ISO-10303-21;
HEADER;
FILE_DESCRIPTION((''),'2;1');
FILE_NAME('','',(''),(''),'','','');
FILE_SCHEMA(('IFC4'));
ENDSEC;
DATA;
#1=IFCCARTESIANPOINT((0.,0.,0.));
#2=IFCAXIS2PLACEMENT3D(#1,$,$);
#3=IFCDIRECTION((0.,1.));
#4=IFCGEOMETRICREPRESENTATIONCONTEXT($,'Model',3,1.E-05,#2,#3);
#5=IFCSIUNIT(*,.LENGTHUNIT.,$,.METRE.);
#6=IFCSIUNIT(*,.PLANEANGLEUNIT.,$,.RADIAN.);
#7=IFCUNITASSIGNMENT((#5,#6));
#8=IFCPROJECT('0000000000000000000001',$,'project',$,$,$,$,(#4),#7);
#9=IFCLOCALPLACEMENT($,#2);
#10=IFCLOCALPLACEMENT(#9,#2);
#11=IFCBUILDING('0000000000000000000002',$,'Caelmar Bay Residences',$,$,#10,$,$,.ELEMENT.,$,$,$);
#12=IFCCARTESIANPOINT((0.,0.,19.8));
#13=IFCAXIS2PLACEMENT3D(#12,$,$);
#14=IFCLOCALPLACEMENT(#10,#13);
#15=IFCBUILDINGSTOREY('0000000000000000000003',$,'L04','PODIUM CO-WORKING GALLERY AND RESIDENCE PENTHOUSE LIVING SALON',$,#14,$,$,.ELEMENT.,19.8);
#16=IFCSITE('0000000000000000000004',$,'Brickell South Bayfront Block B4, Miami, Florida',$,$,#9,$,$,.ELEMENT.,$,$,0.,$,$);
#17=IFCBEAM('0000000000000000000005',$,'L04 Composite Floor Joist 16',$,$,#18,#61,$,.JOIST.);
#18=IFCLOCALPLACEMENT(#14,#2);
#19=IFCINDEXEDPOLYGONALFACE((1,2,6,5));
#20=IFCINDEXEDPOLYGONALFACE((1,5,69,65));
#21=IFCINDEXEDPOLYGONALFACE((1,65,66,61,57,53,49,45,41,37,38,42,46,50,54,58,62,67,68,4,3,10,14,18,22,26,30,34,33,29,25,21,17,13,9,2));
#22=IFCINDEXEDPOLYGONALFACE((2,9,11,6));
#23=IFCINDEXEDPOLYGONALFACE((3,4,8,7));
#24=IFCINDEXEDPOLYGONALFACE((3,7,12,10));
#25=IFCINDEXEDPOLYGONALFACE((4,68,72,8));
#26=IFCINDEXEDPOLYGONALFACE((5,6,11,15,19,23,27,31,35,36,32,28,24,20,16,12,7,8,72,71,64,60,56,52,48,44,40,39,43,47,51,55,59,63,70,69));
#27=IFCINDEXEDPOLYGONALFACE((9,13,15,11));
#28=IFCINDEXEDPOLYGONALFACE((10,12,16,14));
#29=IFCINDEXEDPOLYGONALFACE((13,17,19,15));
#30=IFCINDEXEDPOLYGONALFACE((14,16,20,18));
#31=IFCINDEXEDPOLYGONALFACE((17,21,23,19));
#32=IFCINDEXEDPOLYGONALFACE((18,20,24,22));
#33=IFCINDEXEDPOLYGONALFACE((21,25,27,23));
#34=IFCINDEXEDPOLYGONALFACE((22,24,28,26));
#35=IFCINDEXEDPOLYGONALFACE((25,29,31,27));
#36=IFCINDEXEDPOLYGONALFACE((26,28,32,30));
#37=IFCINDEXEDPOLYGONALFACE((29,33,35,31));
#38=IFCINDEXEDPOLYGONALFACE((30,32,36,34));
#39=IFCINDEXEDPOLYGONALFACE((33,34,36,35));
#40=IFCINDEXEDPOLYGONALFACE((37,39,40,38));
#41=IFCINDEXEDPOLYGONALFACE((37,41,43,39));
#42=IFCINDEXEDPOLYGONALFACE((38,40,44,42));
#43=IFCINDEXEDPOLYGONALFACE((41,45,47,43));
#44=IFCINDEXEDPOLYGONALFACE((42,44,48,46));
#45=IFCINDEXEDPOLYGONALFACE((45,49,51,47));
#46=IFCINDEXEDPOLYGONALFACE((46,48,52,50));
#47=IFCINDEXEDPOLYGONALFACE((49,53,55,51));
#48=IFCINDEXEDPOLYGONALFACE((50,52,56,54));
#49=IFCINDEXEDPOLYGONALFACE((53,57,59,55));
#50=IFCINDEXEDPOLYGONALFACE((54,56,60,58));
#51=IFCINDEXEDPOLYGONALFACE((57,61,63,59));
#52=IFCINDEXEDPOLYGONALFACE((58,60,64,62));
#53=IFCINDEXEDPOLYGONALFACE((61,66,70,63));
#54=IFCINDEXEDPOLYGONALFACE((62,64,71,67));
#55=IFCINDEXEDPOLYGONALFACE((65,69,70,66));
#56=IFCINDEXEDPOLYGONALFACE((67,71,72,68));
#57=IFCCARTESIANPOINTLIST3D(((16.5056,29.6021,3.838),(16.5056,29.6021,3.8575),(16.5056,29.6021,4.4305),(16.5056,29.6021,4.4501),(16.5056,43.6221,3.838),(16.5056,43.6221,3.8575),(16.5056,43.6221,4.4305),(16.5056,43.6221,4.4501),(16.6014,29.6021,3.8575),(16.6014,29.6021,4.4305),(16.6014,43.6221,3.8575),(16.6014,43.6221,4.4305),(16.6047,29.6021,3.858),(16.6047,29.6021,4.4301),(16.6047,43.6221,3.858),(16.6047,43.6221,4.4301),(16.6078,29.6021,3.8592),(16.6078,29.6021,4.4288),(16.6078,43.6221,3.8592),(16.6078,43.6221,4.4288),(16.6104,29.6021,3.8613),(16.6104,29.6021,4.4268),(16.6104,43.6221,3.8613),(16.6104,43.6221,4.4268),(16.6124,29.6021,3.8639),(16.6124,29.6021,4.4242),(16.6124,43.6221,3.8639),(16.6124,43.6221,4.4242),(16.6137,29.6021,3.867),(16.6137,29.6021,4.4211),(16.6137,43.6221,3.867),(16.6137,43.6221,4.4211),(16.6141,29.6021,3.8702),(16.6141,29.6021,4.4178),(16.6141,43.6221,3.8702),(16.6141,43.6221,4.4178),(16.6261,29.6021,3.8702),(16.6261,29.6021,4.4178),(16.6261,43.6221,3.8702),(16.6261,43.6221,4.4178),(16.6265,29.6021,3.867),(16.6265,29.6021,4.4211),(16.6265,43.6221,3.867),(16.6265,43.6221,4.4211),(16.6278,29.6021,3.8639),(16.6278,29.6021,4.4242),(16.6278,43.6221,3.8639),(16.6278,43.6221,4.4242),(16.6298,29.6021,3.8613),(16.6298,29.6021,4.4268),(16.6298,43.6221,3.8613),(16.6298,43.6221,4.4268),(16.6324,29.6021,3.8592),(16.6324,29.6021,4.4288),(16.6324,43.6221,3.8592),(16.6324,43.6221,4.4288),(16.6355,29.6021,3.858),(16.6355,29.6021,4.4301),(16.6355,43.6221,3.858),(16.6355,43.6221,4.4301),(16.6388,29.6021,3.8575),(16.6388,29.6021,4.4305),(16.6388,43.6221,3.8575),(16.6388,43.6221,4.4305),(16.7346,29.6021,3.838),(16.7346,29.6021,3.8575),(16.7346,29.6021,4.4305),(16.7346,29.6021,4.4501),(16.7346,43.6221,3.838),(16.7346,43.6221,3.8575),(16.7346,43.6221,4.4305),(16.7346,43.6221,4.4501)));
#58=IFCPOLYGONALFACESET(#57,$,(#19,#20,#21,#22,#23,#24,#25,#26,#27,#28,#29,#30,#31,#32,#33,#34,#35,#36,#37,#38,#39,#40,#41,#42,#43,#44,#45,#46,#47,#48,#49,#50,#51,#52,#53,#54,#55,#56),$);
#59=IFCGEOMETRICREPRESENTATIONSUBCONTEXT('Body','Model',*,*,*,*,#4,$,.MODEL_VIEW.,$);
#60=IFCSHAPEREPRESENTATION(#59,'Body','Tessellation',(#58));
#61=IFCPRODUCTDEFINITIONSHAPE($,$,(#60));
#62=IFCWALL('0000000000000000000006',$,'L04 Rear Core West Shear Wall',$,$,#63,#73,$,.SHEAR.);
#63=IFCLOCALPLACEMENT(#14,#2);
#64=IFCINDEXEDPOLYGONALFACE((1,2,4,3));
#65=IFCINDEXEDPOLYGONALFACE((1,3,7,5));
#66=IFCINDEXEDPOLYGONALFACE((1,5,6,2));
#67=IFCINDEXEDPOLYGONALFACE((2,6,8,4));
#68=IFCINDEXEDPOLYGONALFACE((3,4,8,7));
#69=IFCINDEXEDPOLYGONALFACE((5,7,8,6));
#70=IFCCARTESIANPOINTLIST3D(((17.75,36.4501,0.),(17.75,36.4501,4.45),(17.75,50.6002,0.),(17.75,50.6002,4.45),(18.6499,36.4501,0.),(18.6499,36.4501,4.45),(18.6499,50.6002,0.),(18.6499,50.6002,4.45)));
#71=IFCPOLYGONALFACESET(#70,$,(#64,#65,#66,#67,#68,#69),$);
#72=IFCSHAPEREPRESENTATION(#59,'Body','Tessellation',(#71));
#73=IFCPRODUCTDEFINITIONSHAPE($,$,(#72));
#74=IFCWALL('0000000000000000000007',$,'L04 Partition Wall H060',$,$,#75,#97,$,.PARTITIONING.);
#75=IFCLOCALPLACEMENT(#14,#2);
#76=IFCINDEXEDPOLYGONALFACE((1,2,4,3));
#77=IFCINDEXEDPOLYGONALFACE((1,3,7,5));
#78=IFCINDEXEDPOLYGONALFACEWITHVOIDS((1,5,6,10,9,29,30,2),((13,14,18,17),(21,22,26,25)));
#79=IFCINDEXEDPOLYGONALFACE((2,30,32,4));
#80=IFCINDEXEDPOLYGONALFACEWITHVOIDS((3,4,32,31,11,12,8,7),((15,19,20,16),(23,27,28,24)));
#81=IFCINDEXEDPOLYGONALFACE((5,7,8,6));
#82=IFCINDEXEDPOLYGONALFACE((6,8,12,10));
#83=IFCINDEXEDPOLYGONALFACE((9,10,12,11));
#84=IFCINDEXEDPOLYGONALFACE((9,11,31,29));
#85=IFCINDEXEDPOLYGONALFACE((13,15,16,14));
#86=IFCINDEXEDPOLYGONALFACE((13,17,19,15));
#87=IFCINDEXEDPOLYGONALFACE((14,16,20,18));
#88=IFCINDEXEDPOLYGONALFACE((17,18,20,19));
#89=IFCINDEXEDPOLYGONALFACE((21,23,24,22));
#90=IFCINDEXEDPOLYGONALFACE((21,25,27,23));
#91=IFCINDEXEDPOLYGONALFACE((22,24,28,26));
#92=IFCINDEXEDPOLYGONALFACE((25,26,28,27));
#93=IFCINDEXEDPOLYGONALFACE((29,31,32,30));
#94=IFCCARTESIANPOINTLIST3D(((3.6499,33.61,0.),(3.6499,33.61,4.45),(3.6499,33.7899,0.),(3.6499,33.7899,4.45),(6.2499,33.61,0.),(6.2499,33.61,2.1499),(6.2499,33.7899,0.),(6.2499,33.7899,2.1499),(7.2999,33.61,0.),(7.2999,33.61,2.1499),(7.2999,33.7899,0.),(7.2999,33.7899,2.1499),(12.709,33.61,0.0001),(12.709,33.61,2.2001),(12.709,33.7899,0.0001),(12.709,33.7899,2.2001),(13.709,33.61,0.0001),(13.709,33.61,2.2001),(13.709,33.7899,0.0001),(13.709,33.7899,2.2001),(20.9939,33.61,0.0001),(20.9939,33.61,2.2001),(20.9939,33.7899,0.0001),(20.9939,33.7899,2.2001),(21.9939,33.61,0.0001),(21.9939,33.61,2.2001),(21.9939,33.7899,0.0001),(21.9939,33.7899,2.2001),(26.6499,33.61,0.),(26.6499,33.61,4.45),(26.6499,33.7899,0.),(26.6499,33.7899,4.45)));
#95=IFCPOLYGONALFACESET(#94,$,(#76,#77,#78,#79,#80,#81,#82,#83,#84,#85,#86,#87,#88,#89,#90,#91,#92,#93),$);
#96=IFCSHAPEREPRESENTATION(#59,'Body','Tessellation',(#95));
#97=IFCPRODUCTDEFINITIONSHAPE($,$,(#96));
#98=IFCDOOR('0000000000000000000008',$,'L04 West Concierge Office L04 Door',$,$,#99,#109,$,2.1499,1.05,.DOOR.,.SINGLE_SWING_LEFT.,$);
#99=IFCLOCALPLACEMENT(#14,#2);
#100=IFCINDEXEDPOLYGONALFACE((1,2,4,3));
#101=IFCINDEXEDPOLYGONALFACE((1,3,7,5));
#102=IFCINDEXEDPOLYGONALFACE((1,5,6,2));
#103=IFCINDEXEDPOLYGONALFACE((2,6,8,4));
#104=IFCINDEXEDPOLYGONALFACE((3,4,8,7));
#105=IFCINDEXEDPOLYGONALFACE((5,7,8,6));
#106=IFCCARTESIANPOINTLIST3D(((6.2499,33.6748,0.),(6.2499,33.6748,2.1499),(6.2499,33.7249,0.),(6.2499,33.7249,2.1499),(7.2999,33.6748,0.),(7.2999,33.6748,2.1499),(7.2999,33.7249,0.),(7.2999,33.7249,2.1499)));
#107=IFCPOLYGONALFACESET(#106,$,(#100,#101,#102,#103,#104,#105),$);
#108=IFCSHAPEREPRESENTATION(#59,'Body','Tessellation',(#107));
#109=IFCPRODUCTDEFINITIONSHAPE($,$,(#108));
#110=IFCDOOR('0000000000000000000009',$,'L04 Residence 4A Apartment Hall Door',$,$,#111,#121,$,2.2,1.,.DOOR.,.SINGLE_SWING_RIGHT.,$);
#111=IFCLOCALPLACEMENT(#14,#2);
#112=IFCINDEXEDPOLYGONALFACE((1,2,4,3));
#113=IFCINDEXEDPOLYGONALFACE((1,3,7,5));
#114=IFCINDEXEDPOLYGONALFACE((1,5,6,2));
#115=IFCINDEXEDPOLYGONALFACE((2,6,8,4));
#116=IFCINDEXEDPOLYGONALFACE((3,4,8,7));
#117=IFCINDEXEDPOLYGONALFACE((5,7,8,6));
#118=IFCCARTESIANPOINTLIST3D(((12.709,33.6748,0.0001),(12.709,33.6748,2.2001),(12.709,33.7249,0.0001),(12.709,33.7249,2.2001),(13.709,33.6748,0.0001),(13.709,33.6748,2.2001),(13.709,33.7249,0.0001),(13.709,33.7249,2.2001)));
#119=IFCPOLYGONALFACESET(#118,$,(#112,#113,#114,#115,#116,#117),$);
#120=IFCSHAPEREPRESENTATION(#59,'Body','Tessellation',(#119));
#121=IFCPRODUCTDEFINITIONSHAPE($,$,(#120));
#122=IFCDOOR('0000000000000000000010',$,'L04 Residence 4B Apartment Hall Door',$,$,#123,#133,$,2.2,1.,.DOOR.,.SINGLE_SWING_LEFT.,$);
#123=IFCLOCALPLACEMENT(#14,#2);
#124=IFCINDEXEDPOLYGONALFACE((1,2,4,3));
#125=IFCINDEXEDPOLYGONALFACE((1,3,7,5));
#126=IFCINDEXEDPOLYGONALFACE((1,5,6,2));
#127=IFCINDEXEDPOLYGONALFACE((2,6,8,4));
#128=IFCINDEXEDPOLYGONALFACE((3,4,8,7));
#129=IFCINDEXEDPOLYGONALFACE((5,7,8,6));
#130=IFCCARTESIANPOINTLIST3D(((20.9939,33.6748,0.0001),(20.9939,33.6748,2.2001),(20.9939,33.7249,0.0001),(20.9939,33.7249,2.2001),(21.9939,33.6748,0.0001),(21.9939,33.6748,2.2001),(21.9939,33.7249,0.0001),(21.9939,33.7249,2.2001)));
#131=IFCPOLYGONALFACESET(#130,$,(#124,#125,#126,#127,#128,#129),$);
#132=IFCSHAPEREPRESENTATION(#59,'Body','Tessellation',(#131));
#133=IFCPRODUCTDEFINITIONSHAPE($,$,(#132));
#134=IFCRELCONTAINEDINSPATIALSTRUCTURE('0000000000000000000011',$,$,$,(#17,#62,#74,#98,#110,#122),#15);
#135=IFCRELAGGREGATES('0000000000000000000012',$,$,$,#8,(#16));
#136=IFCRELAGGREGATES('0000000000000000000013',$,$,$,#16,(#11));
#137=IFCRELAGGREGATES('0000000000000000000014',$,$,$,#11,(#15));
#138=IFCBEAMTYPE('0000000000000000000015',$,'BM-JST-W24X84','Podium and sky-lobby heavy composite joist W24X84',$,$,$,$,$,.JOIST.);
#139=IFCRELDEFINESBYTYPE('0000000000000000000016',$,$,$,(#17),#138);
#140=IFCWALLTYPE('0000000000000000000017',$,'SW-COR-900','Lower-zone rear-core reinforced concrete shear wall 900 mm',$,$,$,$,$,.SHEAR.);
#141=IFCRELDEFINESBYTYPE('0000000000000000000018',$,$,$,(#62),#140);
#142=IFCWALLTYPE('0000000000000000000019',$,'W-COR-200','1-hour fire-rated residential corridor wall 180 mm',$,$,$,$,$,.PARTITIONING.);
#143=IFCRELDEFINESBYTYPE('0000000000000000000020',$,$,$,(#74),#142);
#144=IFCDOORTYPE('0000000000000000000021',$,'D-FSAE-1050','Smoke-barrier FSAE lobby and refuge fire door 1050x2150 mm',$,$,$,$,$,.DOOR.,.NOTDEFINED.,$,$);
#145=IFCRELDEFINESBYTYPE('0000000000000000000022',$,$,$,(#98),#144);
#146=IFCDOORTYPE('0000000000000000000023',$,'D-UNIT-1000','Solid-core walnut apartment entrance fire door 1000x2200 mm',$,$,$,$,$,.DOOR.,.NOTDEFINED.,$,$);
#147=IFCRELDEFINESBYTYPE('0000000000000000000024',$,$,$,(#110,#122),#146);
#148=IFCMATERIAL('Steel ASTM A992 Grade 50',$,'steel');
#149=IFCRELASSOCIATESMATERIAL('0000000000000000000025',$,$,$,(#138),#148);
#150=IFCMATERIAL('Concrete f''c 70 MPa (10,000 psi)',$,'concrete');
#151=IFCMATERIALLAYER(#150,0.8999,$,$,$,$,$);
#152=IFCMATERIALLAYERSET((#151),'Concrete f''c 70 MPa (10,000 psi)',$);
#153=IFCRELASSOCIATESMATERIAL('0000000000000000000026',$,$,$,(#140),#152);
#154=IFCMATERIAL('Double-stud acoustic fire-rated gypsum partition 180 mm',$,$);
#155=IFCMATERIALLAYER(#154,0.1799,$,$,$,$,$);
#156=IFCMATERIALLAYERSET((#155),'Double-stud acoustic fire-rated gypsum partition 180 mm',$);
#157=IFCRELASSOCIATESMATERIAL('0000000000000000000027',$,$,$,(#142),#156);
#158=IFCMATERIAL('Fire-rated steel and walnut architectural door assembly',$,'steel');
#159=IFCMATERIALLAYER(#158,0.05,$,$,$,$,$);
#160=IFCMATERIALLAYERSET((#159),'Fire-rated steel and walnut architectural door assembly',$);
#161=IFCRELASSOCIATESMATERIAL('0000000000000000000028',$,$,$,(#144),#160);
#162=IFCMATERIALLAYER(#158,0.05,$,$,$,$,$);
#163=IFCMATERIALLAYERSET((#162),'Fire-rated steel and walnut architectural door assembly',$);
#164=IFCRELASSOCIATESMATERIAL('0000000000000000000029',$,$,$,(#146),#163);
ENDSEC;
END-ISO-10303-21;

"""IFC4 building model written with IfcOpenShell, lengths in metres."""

from ifc_helpers import new_model, si_unit, direction, frame, frame_2d, origin, origin_2d, place, context, subcontext, project, spatial, rectangle, i_section, extrude, material, layer, layer_set, material_profile, profile_set, type_object, element, fill, save


model = new_model("IFC4")

# Units and contexts
model_context = context("Model", 3, precision=1e-05, world=origin(), true_north=direction((0.0, 1.0)))
body_context = subcontext(model_context, "Body", "Model", "MODEL_VIEW")
ifc_project = project(units=[si_unit("LENGTHUNIT", "METRE"), si_unit("PLANEANGLEUNIT", "RADIAN")], contexts=[model_context])

# Site, building, storey
site_placement = place(None, origin())
site = spatial("IfcSite", under=ifc_project, at=site_placement, Name="Brickell South Bayfront Block B4, Miami, Florida", CompositionType="ELEMENT", RefElevation=0.0)
building_placement = place(site_placement, origin())
building = spatial("IfcBuilding", under=site, at=building_placement, Name="Caelmar Bay Residences", CompositionType="ELEMENT")
storey_placement = place(building_placement, frame((0.0, 0.0, 19.8)))
storey = spatial("IfcBuildingStorey", under=building, at=storey_placement, Name="L04", Description="PODIUM CO-WORKING GALLERY AND RESIDENCE PENTHOUSE LIVING SALON", CompositionType="ELEMENT", Elevation=19.8)

# Shared definitions
ifc_material_1 = material(Name="Concrete f'c 70 MPa (10,000 psi)", Category="concrete")

# Beam
ifc_material_2 = material(Name="Steel ASTM A992 Grade 50", Category="steel")
ifc_material_profile_1 = material_profile(ifc_material_2, i_section(OverallWidth=0.229, OverallDepth=0.6121, WebThickness=0.012, FlangeThickness=0.0195, FilletRadius=0.0127, at=origin_2d()), Name="W24X84")
ifc_profile_set_1 = profile_set([ifc_material_profile_1], Name="Steel ASTM A992 Grade 50")
beam_type_1 = type_object("IfcBeamType", Name="BM-JST-W24X84", Description="Podium and sky-lobby heavy composite joist W24X84", PredefinedType="JOIST", material=ifc_profile_set_1)
for number, where, z_axis, x_axis, name in (
    (1, (16.6201, 29.6021, 4.144), (0.0, 1.0, 0.0), (-1.0, 0.0, 0.0), "L04 Composite Floor Joist 16"),
):
    element("IfcBeam", number, at=place(storey_placement, frame(where, z_axis=z_axis, x_axis=x_axis)), inside=storey, type_object=beam_type_1, Name=name, PredefinedType="JOIST", context=body_context, shape_type="SweptSolid", body=[
        extrude(i_section(OverallWidth=0.229, OverallDepth=0.6121, WebThickness=0.012, FlangeThickness=0.0195, FilletRadius=0.0127, at=origin_2d()), origin(), (0.0, 0.0, 1.0), 14.02),
    ])

# Wall
ifc_layer_1 = layer(ifc_material_1, 0.8999)
ifc_layer_set_1 = layer_set([ifc_layer_1], Name="Concrete f'c 70 MPa (10,000 psi)")
wall_type_1 = type_object("IfcWallType", Name="SW-COR-900", Description="Lower-zone rear-core reinforced concrete shear wall 900 mm", PredefinedType="SHEAR", material=ifc_layer_set_1)
wall_1_placement = place(storey_placement, frame((18.2, 36.45, 0.0), z_axis=(0.0, 0.0, 1.0), x_axis=(0.0, 1.0, 0.0)))
element("IfcWall", 2, at=wall_1_placement, inside=storey, type_object=wall_type_1, Name="L04 Rear Core West Shear Wall", PredefinedType="SHEAR", context=body_context, shape_type="SweptSolid", body=[
    extrude(rectangle(XDim=14.1501, YDim=0.8999, at=frame_2d((7.0752, 0.0))), origin(), (0.0, 0.0, 1.0), 4.45),
])

# Wall, openings, doors
ifc_material_3 = material(Name="Double-stud acoustic fire-rated gypsum partition 180 mm")
ifc_layer_2 = layer(ifc_material_3, 0.1799)
ifc_layer_set_2 = layer_set([ifc_layer_2], Name="Double-stud acoustic fire-rated gypsum partition 180 mm")
wall_type_2 = type_object("IfcWallType", Name="W-COR-200", Description="1-hour fire-rated residential corridor wall 180 mm", PredefinedType="PARTITIONING", material=ifc_layer_set_2)
wall_2_placement = place(storey_placement, frame((3.6499, 33.7, 0.0), z_axis=(0.0, 0.0, 1.0), x_axis=(1.0, 0.0, 0.0)))
wall_2 = element("IfcWall", 3, at=wall_2_placement, inside=storey, type_object=wall_type_2, Name="L04 Partition Wall H060", PredefinedType="PARTITIONING", context=body_context, shape_type="SweptSolid", body=[
    extrude(rectangle(XDim=23.0, YDim=0.1799, at=frame_2d((11.5, 0.0))), origin(), (0.0, 0.0, 1.0), 4.45),
])
opening_1_placement = place(wall_2_placement, frame((2.6001, 0.0, 0.0)))
opening_1 = element("IfcOpeningElement", 4, at=opening_1_placement, cuts=wall_2, PredefinedType="OPENING", context=body_context, shape_type="SweptSolid", body=[
    extrude(rectangle(XDim=1.05, YDim=2.1499, at=frame_2d((0.5249, 1.075))), frame((0.0, 0.0999, 0.0), z_axis=(0.0, -1.0, 0.0), x_axis=(1.0, 0.0, 0.0)), (0.0, 0.0, 1.0), 0.2),
])
opening_2_placement = place(wall_2_placement, frame((9.0591, 0.0, 0.0)))
opening_2 = element("IfcOpeningElement", 5, at=opening_2_placement, cuts=wall_2, PredefinedType="OPENING", context=body_context, shape_type="SweptSolid", body=[
    extrude(rectangle(XDim=1.0, YDim=2.2, at=frame_2d((0.5, 1.1001))), frame((0.0, 0.0999, 0.0), z_axis=(0.0, -1.0, 0.0), x_axis=(1.0, 0.0, 0.0)), (0.0, 0.0, 1.0), 0.2),
])
opening_3_placement = place(wall_2_placement, frame((17.344, 0.0, 0.0)))
opening_3 = element("IfcOpeningElement", 6, at=opening_3_placement, cuts=wall_2, PredefinedType="OPENING", context=body_context, shape_type="SweptSolid", body=[
    extrude(rectangle(XDim=1.0, YDim=2.2, at=frame_2d((0.5, 1.1001))), frame((0.0, 0.0999, 0.0), z_axis=(0.0, -1.0, 0.0), x_axis=(1.0, 0.0, 0.0)), (0.0, 0.0, 1.0), 0.2),
])
ifc_material_4 = material(Name="Fire-rated steel and walnut architectural door assembly", Category="steel")
ifc_layer_3 = layer(ifc_material_4, 0.05)
ifc_layer_set_3 = layer_set([ifc_layer_3], Name="Fire-rated steel and walnut architectural door assembly")
door_type_1 = type_object("IfcDoorType", Name="D-FSAE-1050", Description="Smoke-barrier FSAE lobby and refuge fire door 1050x2150 mm", OperationType="NOTDEFINED", PredefinedType="DOOR", material=ifc_layer_set_3)
door_1_placement = place(opening_1_placement, origin())
door_1 = element("IfcDoor", 7, at=door_1_placement, inside=storey, type_object=door_type_1, Name="L04 West Concierge Office L04 Door", OperationType="SINGLE_SWING_LEFT", OverallHeight=2.1499, OverallWidth=1.05, PredefinedType="DOOR", context=body_context, shape_type="SweptSolid", body=[
    extrude(rectangle(XDim=1.05, YDim=2.1499, at=frame_2d((0.5249, 1.075))), frame((0.0, 0.0249, 0.0), z_axis=(0.0, -1.0, 0.0), x_axis=(1.0, 0.0, 0.0)), (0.0, 0.0, 1.0), 0.05),
])
fill(opening_1, door_1)
ifc_layer_4 = layer(ifc_material_4, 0.05)
ifc_layer_set_4 = layer_set([ifc_layer_4], Name="Fire-rated steel and walnut architectural door assembly")
door_type_2 = type_object("IfcDoorType", Name="D-UNIT-1000", Description="Solid-core walnut apartment entrance fire door 1000x2200 mm", OperationType="NOTDEFINED", PredefinedType="DOOR", material=ifc_layer_set_4)
door_2_placement = place(opening_2_placement, origin())
door_2 = element("IfcDoor", 8, at=door_2_placement, inside=storey, type_object=door_type_2, Name="L04 Residence 4A Apartment Hall Door", OperationType="SINGLE_SWING_RIGHT", OverallHeight=2.2, OverallWidth=1.0, PredefinedType="DOOR", context=body_context, shape_type="SweptSolid", body=[
    extrude(rectangle(XDim=1.0, YDim=2.2, at=frame_2d((0.5, 1.1001))), frame((0.0, 0.0249, 0.0), z_axis=(0.0, -1.0, 0.0), x_axis=(1.0, 0.0, 0.0)), (0.0, 0.0, 1.0), 0.05),
])
fill(opening_2, door_2)
door_3_placement = place(opening_3_placement, origin())
door_3 = element("IfcDoor", 9, at=door_3_placement, inside=storey, type_object=door_type_2, Name="L04 Residence 4B Apartment Hall Door", OperationType="SINGLE_SWING_LEFT", OverallHeight=2.2, OverallWidth=1.0, PredefinedType="DOOR", context=body_context, shape_type="SweptSolid", body=[
    extrude(rectangle(XDim=1.0, YDim=2.2, at=frame_2d((0.5, 1.1001))), frame((0.0, 0.0249, 0.0), z_axis=(0.0, -1.0, 0.0), x_axis=(1.0, 0.0, 0.0)), (0.0, 0.0, 1.0), 0.05),
])
fill(opening_3, door_3)

save(model, "model.ifc")
